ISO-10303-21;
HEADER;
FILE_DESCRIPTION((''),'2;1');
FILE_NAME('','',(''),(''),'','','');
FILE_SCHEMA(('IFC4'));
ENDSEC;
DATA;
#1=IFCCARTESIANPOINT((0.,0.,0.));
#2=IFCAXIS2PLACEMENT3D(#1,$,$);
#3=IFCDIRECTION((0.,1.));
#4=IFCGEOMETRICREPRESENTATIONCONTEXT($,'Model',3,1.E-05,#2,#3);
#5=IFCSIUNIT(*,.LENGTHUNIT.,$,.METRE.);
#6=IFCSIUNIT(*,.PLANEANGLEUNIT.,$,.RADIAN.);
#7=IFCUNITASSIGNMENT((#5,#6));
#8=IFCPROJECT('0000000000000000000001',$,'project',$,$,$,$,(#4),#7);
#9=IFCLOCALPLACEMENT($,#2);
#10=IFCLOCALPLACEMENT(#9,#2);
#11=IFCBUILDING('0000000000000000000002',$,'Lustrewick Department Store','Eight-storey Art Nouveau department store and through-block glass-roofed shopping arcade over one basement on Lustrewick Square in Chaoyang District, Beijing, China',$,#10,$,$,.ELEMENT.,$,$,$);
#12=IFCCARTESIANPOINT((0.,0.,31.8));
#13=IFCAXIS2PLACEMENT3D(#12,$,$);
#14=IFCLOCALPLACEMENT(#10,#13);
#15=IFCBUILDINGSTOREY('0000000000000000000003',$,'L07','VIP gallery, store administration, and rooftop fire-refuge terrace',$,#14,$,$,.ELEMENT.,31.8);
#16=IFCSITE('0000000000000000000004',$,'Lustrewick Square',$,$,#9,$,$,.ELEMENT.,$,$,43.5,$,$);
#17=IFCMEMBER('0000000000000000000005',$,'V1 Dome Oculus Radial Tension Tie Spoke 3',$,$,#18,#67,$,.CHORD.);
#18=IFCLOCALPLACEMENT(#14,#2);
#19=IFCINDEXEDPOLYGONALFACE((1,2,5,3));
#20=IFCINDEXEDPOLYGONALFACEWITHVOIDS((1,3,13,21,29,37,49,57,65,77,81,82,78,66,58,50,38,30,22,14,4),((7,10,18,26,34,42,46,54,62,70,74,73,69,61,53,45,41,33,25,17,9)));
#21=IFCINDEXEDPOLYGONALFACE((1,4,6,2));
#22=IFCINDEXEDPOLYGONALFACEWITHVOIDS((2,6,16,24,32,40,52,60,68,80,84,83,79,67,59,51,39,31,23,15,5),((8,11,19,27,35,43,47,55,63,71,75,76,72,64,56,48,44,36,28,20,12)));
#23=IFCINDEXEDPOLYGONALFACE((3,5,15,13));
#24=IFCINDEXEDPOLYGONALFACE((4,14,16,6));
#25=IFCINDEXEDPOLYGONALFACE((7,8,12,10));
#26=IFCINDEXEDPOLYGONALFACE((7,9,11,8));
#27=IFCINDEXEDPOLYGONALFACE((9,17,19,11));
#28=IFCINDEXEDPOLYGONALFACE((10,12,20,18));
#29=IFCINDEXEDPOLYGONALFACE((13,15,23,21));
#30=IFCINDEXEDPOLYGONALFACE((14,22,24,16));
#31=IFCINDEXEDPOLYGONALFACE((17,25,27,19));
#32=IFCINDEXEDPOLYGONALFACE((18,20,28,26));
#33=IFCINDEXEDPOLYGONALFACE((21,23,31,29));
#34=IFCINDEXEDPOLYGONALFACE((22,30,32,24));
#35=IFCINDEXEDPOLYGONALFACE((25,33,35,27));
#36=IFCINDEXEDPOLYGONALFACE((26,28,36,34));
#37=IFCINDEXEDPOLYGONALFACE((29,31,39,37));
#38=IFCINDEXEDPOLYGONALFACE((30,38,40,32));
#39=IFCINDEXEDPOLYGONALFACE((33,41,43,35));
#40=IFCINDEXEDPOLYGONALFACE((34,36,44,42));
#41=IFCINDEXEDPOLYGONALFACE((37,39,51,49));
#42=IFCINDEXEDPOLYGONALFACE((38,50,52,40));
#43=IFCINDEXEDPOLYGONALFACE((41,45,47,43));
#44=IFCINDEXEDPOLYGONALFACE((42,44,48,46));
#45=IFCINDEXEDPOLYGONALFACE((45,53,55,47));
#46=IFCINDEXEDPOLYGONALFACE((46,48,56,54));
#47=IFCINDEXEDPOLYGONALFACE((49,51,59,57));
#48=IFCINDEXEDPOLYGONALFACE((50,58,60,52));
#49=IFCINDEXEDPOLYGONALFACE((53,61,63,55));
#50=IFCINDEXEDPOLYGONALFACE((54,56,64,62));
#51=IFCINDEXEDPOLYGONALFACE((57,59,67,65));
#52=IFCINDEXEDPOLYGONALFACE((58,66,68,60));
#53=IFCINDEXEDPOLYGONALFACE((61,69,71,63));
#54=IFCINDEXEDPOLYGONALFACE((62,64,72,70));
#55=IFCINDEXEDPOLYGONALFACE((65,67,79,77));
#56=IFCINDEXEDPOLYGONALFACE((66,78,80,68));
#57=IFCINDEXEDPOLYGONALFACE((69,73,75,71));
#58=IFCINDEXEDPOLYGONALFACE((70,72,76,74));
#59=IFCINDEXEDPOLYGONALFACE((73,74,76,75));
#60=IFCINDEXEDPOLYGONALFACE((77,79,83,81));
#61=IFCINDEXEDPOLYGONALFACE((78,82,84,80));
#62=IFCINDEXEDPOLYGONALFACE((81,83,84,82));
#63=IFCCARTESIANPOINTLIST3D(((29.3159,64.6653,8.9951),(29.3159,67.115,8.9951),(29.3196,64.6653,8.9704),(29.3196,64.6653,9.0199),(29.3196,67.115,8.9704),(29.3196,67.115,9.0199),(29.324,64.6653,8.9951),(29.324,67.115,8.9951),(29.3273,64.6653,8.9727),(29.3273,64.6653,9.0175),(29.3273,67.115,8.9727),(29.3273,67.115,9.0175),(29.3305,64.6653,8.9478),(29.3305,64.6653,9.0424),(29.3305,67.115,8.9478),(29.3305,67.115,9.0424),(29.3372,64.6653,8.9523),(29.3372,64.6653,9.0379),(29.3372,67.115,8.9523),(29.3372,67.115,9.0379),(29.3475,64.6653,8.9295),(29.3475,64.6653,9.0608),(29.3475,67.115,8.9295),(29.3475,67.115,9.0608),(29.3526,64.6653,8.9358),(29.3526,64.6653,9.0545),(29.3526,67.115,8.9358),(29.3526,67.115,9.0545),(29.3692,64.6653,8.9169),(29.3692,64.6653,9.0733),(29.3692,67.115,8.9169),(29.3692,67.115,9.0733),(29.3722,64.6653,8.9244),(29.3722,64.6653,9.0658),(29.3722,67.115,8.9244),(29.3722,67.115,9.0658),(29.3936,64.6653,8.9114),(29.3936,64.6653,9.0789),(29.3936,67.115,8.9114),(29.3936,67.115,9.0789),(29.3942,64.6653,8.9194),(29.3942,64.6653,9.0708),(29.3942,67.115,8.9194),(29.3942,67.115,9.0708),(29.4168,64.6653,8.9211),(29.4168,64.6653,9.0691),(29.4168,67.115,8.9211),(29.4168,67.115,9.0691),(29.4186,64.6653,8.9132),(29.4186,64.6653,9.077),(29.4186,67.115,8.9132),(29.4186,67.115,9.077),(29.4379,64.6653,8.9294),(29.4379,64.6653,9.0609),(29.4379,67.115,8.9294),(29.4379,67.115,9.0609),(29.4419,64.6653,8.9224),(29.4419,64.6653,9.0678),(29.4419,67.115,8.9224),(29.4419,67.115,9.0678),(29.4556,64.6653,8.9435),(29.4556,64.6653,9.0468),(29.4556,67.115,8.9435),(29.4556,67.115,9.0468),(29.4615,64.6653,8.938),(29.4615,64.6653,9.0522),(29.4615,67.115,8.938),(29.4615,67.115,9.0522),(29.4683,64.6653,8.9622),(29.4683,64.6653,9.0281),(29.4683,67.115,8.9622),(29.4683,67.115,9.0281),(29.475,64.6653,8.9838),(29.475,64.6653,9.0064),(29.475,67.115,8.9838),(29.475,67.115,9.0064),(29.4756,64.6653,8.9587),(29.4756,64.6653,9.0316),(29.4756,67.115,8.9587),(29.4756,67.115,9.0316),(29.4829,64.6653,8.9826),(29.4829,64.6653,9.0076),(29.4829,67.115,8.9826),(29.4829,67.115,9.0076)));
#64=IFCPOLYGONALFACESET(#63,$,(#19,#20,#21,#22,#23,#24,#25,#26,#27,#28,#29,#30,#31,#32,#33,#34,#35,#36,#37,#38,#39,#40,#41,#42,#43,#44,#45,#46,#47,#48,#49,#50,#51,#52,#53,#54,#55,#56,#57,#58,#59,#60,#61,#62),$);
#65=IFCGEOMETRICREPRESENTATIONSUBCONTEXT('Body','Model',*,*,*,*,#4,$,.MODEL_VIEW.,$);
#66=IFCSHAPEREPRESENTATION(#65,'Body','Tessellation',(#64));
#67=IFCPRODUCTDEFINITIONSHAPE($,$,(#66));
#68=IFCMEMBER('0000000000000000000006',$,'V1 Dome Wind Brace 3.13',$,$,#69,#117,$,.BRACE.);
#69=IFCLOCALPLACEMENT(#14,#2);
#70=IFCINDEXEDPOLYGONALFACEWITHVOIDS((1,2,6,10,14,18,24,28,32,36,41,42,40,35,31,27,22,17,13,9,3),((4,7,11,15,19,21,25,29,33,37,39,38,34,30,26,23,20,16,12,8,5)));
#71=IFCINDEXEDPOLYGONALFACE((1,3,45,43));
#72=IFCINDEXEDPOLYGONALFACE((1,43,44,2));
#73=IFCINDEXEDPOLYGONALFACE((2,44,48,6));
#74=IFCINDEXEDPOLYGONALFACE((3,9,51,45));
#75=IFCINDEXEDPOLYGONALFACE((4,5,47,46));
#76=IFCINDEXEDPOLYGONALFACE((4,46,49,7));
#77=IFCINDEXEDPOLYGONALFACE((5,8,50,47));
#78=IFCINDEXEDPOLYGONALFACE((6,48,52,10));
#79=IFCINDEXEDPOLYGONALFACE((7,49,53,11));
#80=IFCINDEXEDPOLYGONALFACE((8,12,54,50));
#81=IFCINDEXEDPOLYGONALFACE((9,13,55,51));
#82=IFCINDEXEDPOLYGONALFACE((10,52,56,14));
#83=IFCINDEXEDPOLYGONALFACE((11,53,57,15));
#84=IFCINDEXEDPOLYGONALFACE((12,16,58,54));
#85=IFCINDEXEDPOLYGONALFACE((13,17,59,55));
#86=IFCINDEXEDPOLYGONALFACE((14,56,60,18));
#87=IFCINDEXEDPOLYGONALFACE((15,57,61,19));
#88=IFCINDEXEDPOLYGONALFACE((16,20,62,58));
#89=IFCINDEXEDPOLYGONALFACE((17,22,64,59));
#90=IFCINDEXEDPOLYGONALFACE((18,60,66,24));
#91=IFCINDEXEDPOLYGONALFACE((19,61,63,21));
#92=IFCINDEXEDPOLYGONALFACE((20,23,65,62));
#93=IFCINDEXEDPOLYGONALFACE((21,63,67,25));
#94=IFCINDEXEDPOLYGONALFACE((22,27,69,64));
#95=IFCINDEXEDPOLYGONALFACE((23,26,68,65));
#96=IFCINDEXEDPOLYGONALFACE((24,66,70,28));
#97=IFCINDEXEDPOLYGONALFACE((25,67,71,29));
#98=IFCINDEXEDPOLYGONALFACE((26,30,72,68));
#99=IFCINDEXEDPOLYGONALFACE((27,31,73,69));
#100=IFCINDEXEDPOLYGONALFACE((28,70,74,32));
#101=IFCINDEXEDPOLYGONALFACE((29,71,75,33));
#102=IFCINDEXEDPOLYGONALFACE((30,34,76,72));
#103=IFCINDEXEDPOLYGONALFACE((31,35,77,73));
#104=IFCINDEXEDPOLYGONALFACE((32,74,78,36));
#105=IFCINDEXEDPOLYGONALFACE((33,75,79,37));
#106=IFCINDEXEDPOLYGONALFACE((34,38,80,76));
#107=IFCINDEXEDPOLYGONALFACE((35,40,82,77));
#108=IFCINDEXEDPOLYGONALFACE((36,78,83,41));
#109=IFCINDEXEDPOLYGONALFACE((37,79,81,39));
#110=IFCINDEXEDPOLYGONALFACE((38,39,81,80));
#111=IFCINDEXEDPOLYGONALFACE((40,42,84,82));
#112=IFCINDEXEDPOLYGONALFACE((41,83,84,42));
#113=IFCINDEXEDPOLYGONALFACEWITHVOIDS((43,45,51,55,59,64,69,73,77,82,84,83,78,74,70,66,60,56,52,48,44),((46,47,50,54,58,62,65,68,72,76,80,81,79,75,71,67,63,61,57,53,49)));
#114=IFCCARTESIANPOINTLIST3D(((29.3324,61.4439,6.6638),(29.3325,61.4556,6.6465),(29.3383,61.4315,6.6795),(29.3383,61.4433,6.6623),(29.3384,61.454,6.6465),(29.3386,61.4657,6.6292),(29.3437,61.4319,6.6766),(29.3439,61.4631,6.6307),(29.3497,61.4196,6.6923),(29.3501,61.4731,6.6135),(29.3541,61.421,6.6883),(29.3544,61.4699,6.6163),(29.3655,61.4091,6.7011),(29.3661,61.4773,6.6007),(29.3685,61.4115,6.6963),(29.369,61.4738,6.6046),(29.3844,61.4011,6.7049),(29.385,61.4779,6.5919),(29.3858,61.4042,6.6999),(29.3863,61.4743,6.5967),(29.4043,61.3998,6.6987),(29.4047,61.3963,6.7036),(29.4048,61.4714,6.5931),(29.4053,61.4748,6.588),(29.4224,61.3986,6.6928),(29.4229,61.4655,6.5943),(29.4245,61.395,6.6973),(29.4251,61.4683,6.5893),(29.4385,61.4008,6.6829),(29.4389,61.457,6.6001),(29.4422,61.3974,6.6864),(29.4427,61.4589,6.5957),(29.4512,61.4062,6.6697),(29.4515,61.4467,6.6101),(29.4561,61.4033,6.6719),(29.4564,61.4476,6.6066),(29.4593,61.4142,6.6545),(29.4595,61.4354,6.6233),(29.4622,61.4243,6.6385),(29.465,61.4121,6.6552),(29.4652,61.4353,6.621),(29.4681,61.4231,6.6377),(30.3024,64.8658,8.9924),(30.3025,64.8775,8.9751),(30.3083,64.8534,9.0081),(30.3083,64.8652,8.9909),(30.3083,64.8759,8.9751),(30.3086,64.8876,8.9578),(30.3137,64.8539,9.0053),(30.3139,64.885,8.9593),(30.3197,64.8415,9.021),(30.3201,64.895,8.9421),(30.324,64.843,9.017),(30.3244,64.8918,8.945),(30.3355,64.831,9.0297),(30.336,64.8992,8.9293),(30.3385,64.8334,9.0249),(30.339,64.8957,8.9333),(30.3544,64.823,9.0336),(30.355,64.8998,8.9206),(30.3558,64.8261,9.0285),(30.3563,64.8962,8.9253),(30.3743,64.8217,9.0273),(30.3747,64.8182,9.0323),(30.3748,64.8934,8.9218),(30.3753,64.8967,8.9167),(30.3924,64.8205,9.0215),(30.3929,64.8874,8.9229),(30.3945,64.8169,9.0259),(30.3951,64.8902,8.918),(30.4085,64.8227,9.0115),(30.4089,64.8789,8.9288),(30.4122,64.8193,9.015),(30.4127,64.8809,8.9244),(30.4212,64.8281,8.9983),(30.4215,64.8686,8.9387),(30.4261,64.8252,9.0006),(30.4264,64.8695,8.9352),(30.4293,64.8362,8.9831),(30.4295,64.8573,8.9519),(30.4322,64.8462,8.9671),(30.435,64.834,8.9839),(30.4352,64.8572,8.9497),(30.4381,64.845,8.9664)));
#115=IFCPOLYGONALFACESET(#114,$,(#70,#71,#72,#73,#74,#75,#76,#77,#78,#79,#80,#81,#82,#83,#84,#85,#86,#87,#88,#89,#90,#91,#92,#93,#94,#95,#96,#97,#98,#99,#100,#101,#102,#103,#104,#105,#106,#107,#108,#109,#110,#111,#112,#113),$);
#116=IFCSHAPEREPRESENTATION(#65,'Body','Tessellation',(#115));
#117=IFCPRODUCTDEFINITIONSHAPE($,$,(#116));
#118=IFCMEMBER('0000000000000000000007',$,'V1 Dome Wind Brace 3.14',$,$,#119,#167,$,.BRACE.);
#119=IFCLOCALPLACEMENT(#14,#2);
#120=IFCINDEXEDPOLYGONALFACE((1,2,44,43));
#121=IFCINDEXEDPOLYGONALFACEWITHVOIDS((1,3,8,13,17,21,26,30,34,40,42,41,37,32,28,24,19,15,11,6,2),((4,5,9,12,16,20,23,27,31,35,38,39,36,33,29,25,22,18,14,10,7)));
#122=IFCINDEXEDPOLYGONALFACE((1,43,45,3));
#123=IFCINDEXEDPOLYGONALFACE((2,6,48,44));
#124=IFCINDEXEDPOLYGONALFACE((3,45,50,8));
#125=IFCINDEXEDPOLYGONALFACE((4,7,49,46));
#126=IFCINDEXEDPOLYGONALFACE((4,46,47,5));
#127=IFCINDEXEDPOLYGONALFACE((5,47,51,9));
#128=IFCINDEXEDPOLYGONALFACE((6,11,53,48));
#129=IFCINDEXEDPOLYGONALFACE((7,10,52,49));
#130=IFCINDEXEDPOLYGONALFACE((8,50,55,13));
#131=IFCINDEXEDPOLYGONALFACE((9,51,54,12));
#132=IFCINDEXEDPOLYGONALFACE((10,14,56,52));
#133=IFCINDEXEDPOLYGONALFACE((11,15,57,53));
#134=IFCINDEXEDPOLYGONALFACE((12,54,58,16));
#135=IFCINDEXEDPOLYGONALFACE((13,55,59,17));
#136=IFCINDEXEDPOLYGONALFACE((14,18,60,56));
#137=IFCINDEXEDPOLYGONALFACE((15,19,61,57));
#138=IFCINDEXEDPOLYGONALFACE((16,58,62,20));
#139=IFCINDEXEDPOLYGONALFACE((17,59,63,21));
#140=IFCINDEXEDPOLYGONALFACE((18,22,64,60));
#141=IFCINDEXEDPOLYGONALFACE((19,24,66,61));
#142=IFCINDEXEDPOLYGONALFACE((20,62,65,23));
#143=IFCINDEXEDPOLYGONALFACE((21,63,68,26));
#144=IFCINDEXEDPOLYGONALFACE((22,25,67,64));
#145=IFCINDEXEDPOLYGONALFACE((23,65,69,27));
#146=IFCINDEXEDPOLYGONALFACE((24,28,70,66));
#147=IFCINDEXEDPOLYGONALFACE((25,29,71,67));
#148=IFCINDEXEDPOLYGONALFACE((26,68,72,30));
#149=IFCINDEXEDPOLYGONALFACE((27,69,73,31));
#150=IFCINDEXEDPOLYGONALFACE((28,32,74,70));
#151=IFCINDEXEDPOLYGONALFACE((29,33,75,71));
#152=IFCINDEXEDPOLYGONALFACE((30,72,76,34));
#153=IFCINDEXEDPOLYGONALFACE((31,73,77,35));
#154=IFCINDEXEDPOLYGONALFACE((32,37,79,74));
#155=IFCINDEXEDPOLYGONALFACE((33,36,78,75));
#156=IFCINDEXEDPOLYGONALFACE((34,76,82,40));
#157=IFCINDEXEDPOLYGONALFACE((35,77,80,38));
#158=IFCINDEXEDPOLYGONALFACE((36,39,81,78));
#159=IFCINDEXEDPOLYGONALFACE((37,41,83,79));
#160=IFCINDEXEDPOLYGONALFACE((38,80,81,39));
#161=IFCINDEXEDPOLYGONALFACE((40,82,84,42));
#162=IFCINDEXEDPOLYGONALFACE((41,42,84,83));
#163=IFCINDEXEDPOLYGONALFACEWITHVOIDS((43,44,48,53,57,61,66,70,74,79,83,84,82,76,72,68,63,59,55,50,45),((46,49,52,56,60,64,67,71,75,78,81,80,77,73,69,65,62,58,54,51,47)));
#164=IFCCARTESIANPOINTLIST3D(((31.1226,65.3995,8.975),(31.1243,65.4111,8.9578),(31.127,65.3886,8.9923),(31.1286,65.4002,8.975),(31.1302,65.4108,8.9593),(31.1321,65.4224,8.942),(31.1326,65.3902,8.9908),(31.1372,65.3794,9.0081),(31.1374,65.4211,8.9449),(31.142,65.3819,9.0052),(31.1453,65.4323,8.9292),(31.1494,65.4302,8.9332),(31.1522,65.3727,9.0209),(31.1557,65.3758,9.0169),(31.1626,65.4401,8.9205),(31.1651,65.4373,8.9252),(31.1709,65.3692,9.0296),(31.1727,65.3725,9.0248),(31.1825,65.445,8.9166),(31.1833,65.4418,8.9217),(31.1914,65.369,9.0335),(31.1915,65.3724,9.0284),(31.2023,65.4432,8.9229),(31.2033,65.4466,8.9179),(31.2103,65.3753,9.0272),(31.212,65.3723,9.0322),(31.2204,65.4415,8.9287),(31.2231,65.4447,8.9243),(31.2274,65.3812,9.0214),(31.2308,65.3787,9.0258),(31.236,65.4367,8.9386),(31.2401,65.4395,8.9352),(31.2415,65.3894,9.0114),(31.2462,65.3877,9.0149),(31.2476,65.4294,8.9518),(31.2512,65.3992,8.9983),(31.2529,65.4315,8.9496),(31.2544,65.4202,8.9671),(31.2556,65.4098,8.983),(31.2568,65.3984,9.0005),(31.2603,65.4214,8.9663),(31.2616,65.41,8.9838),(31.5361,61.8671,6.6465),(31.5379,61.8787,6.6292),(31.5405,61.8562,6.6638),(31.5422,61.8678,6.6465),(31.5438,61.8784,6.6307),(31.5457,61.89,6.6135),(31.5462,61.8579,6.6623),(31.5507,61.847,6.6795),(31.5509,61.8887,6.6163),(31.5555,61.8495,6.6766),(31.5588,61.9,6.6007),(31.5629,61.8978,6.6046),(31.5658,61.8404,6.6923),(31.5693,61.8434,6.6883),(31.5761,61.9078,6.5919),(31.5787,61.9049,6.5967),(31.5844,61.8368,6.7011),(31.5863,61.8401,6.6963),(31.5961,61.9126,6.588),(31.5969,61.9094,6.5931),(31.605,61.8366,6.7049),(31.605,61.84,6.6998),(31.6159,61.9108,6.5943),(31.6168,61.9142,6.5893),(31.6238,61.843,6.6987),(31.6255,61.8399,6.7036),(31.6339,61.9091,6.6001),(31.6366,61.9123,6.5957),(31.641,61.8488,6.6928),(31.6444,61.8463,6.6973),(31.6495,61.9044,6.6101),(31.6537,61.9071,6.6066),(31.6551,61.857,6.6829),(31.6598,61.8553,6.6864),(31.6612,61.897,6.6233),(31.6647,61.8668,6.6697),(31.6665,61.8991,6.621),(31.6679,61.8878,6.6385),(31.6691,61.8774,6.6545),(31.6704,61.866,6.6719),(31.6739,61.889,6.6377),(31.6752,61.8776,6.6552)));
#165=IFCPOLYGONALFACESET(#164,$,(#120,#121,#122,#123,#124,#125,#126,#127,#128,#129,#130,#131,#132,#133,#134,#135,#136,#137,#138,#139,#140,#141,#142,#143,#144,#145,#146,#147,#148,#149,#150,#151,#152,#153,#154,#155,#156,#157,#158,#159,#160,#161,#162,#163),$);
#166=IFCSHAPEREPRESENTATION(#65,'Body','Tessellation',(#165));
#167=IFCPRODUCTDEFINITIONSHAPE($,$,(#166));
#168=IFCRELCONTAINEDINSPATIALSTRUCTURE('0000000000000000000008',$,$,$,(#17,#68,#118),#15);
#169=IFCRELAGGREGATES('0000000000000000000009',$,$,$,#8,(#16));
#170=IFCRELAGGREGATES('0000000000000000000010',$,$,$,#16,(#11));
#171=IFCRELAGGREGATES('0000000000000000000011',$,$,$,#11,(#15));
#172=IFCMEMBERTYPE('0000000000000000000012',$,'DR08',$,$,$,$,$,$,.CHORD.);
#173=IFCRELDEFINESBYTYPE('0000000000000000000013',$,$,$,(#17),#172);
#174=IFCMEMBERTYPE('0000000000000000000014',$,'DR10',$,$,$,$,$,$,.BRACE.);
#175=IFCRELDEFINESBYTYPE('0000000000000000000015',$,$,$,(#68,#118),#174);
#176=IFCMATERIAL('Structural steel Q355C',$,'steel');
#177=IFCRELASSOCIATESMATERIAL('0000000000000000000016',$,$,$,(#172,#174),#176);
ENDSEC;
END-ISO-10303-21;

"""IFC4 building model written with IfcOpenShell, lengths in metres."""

from ifc_helpers import new_model, si_unit, direction, frame, origin, origin_2d, place, context, subcontext, project, spatial, hollow_circle, extrude, material, material_profile, profile_set, type_object, element, save


model = new_model("IFC4")

# Units and contexts
model_context = context("Model", 3, precision=1e-05, world=origin(), true_north=direction((0.0, 1.0)))
body_context = subcontext(model_context, "Body", "Model", "MODEL_VIEW")
ifc_project = project(units=[si_unit("LENGTHUNIT", "METRE"), si_unit("PLANEANGLEUNIT", "RADIAN")], contexts=[model_context])

# Site, building, storey
site_placement = place(None, origin())
site = spatial("IfcSite", under=ifc_project, at=site_placement, Name="Lustrewick Square", CompositionType="ELEMENT", RefElevation=43.5)
building_placement = place(site_placement, origin())
building = spatial("IfcBuilding", under=site, at=building_placement, Name="Lustrewick Department Store", Description="Eight-storey Art Nouveau department store and through-block glass-roofed shopping arcade over one basement on Lustrewick Square in Chaoyang District, Beijing, China", CompositionType="ELEMENT")
storey_placement = place(building_placement, frame((0.0, 0.0, 31.8)))
storey = spatial("IfcBuildingStorey", under=building, at=storey_placement, Name="L07", Description="VIP gallery, store administration, and rooftop fire-refuge terrace", CompositionType="ELEMENT", Elevation=31.8)

# Members
ifc_material_1 = material(Name="Structural steel Q355C", Category="steel")
ifc_material_profile_1 = material_profile(ifc_material_1, hollow_circle(Radius=0.084, WallThickness=0.0081, at=origin_2d()), Name="CHS 168x8")
ifc_profile_set_1 = profile_set([ifc_material_profile_1], Name="Structural steel Q355C")
member_type_1 = type_object("IfcMemberType", Name="DR08", PredefinedType="CHORD", material=ifc_profile_set_1)
member_1_placement = place(storey_placement, frame((29.3999, 64.6653, 8.9951), z_axis=(0.0, 1.0, 0.0), x_axis=(-1.0, 0.0, 0.0)))
element("IfcMember", 1, at=member_1_placement, inside=storey, type_object=member_type_1, Name="V1 Dome Oculus Radial Tension Tie Spoke 3", PredefinedType="CHORD", context=body_context, shape_type="SweptSolid", body=[
    extrude(hollow_circle(Radius=0.084, WallThickness=0.0081, at=origin_2d()), origin(), (0.0, 0.0, 1.0), 2.4497),
])
ifc_material_profile_2 = material_profile(ifc_material_1, hollow_circle(Radius=0.0701, WallThickness=0.0061, at=origin_2d()), Name="CHS 140x6")
ifc_profile_set_2 = profile_set([ifc_material_profile_2], Name="Structural steel Q355C")
member_type_2 = type_object("IfcMemberType", Name="DR10", PredefinedType="BRACE", material=ifc_profile_set_2)
member_2_placement = place(storey_placement, frame((29.3999, 61.4365, 6.6465), z_axis=(0.228165, 0.804924, 0.547757), x_axis=(-0.962094, 0.272717, 0.0)))
element("IfcMember", 2, at=member_2_placement, inside=storey, type_object=member_type_2, Name="V1 Dome Wind Brace 3.13", PredefinedType="BRACE", context=body_context, shape_type="SweptSolid", body=[
    extrude(hollow_circle(Radius=0.0701, WallThickness=0.0061, at=origin_2d()), origin(), (0.0, 0.0, 1.0), 4.2512),
])
member_3_placement = place(storey_placement, frame((31.6057, 61.8752, 6.6465), z_axis=(-0.097286, 0.830955, 0.547768), x_axis=(-0.993216, -0.116284, 0.0)))
element("IfcMember", 3, at=member_3_placement, inside=storey, type_object=member_type_2, Name="V1 Dome Wind Brace 3.14", PredefinedType="BRACE", context=body_context, shape_type="SweptSolid", body=[
    extrude(hollow_circle(Radius=0.0701, WallThickness=0.0061, at=origin_2d()), origin(), (0.0, 0.0, 1.0), 4.251),
])

save(model, "model.ifc")
